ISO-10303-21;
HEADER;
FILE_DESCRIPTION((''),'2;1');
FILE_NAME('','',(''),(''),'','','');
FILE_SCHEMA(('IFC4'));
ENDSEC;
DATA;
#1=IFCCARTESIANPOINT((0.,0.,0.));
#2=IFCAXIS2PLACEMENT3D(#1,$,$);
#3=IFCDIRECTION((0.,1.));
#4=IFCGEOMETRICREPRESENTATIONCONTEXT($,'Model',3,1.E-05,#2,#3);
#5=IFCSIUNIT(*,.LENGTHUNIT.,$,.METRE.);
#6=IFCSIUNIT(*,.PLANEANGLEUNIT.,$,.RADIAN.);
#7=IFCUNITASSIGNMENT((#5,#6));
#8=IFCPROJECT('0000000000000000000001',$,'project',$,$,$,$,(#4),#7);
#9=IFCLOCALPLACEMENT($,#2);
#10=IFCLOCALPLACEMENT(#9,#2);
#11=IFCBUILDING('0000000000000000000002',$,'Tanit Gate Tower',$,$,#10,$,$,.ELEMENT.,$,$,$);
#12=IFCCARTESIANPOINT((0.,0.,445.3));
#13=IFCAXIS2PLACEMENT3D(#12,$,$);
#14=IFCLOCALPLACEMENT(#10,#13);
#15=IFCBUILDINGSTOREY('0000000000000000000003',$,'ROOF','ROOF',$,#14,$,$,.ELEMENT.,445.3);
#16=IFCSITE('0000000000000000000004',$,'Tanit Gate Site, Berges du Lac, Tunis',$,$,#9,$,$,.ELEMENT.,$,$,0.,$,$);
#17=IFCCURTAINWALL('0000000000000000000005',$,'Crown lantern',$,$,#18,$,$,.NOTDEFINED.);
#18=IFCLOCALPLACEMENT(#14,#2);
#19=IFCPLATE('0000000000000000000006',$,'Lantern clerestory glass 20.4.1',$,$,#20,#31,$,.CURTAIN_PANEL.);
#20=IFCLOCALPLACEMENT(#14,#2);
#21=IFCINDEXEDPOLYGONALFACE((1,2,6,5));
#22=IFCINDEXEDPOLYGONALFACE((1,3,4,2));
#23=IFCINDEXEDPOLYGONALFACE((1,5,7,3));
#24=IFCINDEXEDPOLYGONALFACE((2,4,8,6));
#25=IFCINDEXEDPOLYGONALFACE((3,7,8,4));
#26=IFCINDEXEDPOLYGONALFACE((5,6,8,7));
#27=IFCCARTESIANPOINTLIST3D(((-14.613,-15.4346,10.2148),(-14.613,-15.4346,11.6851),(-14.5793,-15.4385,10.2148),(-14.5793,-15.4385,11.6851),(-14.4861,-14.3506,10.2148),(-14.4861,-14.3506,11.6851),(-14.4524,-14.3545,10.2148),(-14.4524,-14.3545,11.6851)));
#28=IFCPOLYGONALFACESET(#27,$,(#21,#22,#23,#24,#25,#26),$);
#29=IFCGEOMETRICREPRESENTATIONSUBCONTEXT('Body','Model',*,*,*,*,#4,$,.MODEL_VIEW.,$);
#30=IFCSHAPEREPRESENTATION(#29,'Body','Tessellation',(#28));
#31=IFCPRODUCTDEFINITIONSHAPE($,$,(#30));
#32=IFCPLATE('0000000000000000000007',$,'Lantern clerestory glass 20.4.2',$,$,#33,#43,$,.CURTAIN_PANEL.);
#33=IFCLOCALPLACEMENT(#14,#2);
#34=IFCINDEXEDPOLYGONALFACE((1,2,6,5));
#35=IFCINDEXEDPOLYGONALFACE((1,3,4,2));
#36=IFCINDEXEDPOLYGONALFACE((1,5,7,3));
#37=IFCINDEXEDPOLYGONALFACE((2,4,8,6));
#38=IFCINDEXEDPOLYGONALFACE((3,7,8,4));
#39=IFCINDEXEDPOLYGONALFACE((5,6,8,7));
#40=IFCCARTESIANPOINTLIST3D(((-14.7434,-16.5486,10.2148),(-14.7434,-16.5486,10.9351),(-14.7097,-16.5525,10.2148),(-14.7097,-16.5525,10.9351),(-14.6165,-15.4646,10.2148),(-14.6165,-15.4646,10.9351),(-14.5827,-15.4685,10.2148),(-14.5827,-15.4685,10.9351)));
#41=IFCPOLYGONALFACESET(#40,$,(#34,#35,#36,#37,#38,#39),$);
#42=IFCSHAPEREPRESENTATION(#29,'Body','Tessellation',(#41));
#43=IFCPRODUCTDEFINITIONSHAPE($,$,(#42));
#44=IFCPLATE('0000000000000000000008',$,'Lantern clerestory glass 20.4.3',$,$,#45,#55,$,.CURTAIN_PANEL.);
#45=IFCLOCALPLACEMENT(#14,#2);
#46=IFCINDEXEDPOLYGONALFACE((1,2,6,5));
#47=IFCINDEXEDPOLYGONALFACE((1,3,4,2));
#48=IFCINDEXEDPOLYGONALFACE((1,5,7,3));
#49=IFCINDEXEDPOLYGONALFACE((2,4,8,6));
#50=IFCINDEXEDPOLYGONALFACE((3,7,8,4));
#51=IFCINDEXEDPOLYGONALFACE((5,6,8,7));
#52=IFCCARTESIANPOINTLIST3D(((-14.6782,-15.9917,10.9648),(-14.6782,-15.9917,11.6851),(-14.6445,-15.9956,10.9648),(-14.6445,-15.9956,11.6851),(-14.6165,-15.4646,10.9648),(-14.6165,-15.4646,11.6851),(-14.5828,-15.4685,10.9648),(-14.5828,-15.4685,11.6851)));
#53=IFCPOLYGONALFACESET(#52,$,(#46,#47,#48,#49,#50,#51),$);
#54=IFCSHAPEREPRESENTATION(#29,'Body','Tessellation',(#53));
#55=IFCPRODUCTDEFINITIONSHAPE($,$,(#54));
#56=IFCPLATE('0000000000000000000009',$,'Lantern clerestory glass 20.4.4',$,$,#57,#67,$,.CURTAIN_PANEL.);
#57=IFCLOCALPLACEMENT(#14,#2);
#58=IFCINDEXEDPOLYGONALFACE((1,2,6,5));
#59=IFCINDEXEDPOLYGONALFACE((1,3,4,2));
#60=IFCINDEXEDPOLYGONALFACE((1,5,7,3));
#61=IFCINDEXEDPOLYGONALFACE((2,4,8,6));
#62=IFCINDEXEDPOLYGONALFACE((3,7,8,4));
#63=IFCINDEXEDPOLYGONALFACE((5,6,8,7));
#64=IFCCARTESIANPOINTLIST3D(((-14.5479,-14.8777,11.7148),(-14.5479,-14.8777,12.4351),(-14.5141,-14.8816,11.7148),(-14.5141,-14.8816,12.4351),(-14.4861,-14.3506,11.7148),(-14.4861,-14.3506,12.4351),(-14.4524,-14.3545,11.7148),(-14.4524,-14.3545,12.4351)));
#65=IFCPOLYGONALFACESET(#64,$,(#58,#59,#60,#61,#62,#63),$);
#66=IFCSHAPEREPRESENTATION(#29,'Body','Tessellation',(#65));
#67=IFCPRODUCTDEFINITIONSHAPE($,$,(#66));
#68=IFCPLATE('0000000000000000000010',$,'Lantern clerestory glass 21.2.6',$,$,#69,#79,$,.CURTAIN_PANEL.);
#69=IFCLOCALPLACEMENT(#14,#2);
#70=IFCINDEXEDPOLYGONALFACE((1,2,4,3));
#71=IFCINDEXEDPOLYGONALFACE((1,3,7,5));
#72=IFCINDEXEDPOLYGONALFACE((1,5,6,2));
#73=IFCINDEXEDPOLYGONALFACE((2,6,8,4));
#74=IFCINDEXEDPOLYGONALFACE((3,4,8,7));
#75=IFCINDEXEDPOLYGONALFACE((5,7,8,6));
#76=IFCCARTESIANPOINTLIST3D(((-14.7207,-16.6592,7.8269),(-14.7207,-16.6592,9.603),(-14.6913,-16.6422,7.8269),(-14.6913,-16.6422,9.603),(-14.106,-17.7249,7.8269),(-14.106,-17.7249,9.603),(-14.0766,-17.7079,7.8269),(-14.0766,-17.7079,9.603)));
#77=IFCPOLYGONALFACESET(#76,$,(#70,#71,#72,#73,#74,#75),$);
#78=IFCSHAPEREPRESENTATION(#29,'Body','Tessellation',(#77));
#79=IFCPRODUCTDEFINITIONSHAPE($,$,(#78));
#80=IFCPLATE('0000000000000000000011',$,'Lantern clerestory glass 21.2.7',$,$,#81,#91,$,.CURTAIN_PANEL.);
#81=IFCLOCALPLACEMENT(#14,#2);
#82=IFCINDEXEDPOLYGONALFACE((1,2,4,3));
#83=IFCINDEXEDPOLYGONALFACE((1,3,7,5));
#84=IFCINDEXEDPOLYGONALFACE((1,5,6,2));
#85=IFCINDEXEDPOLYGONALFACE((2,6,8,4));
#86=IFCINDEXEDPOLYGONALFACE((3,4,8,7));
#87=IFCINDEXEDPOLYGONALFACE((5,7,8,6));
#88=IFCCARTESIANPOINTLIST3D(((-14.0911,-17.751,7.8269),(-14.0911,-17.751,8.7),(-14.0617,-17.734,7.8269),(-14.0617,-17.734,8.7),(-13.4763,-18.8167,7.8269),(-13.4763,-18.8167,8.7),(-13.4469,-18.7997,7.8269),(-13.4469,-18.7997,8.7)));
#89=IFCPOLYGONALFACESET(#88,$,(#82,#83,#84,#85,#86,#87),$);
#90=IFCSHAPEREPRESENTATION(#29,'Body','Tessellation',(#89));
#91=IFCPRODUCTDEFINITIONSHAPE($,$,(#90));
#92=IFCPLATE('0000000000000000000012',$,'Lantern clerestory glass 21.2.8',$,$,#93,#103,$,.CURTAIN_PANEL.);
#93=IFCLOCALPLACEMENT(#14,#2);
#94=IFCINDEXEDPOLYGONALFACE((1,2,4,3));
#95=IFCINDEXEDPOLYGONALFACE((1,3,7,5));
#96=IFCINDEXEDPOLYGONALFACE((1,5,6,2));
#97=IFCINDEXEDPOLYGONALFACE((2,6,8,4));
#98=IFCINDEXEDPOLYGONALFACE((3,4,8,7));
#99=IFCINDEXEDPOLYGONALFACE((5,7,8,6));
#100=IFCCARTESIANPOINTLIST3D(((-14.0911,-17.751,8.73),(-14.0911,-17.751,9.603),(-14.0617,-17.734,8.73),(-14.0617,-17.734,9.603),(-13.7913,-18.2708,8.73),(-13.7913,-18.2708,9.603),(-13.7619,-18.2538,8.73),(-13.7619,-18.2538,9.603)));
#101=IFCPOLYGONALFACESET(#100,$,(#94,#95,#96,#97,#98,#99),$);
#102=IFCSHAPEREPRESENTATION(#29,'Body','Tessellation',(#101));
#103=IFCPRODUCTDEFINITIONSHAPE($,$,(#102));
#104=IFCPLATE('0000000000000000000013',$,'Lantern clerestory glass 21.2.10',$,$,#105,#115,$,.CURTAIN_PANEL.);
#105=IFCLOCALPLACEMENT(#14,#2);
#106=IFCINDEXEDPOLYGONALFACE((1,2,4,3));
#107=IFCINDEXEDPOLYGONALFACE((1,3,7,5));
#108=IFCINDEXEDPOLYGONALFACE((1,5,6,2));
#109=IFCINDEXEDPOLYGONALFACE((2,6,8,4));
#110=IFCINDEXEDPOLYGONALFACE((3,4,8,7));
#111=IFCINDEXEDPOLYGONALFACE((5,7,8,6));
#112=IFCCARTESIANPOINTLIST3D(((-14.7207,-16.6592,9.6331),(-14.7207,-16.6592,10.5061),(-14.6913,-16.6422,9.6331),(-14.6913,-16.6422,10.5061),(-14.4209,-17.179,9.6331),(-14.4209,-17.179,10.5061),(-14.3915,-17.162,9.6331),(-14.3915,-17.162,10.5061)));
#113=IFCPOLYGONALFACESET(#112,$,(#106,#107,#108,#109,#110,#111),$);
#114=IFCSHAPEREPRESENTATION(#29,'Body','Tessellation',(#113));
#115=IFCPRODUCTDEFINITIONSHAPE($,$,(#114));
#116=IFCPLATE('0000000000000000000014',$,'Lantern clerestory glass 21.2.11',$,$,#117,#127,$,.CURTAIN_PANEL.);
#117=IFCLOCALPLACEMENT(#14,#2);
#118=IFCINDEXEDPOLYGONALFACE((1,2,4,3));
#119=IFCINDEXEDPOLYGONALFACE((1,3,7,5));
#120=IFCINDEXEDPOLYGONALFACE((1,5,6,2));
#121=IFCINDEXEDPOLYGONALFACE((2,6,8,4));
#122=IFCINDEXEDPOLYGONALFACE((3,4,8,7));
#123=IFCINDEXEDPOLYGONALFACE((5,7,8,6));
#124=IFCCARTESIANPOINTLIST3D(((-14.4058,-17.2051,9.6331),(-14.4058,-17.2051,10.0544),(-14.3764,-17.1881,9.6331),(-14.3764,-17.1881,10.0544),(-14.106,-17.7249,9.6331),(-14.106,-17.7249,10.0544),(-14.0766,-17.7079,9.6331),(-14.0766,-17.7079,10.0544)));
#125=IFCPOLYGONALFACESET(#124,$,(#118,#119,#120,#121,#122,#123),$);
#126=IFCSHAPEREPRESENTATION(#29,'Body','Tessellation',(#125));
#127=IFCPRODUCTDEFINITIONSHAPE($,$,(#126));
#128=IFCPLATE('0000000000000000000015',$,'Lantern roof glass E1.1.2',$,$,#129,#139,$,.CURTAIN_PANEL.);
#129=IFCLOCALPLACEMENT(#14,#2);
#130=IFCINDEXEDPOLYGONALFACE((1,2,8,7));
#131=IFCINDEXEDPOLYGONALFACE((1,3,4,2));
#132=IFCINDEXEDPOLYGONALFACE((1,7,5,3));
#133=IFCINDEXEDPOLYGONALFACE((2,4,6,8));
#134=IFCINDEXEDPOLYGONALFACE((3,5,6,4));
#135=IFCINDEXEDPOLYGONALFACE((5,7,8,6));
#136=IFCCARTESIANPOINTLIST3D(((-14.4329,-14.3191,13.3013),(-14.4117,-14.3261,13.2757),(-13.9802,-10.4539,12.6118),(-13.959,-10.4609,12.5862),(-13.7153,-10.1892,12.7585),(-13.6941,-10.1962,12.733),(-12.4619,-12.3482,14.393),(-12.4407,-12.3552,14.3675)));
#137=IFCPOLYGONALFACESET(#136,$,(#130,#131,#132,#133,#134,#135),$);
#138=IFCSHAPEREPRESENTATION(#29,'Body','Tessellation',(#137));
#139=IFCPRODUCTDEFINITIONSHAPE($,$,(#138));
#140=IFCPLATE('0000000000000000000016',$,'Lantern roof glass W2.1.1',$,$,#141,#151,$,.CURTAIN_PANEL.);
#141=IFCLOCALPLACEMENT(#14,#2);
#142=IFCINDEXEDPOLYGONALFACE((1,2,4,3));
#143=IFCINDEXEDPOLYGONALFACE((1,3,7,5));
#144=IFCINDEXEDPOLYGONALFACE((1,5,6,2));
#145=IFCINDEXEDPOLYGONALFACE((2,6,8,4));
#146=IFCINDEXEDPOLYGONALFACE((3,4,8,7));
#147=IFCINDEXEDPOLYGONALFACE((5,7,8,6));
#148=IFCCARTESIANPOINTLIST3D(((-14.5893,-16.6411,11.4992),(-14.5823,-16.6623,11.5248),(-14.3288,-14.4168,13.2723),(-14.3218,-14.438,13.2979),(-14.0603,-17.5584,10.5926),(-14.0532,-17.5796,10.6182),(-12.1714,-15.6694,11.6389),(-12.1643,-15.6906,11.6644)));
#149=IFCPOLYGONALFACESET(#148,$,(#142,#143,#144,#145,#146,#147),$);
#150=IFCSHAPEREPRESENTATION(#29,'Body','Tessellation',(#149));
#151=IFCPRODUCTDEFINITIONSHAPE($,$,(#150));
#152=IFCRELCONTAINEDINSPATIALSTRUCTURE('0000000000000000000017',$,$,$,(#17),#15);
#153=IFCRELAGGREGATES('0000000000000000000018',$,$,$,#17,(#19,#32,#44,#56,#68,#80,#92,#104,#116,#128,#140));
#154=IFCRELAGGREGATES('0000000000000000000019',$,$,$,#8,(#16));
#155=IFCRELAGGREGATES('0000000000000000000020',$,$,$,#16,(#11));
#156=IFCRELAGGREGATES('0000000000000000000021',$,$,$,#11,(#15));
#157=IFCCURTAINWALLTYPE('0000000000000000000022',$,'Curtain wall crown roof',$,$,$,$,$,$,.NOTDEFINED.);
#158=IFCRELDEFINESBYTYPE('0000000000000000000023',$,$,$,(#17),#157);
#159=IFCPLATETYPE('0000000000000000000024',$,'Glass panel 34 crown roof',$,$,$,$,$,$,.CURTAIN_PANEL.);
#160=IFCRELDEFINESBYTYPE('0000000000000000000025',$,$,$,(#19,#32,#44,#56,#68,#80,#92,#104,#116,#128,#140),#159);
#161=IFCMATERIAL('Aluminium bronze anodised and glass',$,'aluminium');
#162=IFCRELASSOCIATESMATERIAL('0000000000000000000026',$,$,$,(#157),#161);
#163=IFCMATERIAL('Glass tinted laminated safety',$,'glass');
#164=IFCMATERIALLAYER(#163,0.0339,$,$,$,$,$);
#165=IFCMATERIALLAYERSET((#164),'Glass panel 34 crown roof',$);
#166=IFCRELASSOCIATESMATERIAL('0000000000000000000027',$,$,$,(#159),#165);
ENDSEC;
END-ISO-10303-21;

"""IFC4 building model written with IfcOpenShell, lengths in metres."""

from ifc_helpers import new_model, si_unit, direction, frame, origin, place, context, subcontext, project, spatial, polyline, outline, extrude, material, layer, layer_set, type_object, element, aggregate, save


model = new_model("IFC4")

# Units and contexts
model_context = context("Model", 3, precision=1e-05, world=origin(), true_north=direction((0.0, 1.0)))
body_context = subcontext(model_context, "Body", "Model", "MODEL_VIEW")
ifc_project = project(units=[si_unit("LENGTHUNIT", "METRE"), si_unit("PLANEANGLEUNIT", "RADIAN")], contexts=[model_context])

# Site, building, storey
site_placement = place(None, origin())
site = spatial("IfcSite", under=ifc_project, at=site_placement, Name="Tanit Gate Site, Berges du Lac, Tunis", CompositionType="ELEMENT", RefElevation=0.0)
building_placement = place(site_placement, origin())
building = spatial("IfcBuilding", under=site, at=building_placement, Name="Tanit Gate Tower", CompositionType="ELEMENT")
storey_placement = place(building_placement, frame((0.0, 0.0, 445.3)))
storey = spatial("IfcBuildingStorey", under=building, at=storey_placement, Name="ROOF", Description="ROOF", CompositionType="ELEMENT", Elevation=445.3)

# Curtain wall, plates
ifc_material_1 = material(Name="Aluminium bronze anodised and glass", Category="aluminium")
curtain_wall_type = type_object("IfcCurtainWallType", Name="Curtain wall crown roof", PredefinedType="NOTDEFINED", material=ifc_material_1)
curtain_wall_placement = place(storey_placement, origin())
curtain_wall = element("IfcCurtainWall", 1, at=curtain_wall_placement, inside=storey, type_object=curtain_wall_type, Name="Crown lantern", PredefinedType="NOTDEFINED")
ifc_material_2 = material(Name="Glass tinted laminated safety", Category="glass")
ifc_layer = layer(ifc_material_2, 0.0339)
ifc_layer_set = layer_set([ifc_layer], Name="Glass panel 34 crown roof")
plate_type = type_object("IfcPlateType", Name="Glass panel 34 crown roof", PredefinedType="CURTAIN_PANEL", material=ifc_layer_set)
plate_1_placement = place(storey_placement, frame((-14.4861, -14.3506, 10.2148), z_axis=(-0.993212, 0.116322, 0.0), x_axis=(-0.116322, -0.993212, 0.0)))
plate_1 = element("IfcPlate", 2, at=plate_1_placement, type_object=plate_type, Name="Lantern clerestory glass 20.4.1", PredefinedType="CURTAIN_PANEL", context=body_context, shape_type="SweptSolid", body=[
    extrude(outline(polyline([(0.0, 0.0), (1.0914, 0.0), (1.0914, 1.4702), (0.0, 1.4702), (0.0, 0.0)])), origin(), (0.0, 0.0, -1.0), 0.0339),
])
plate_2_placement = place(storey_placement, frame((-14.6165, -15.4646, 10.2148), z_axis=(-0.993212, 0.116322, 0.0), x_axis=(-0.116322, -0.993212, 0.0)))
plate_2 = element("IfcPlate", 3, at=plate_2_placement, type_object=plate_type, Name="Lantern clerestory glass 20.4.2", PredefinedType="CURTAIN_PANEL", context=body_context, shape_type="SweptSolid", body=[
    extrude(outline(polyline([(0.0, 0.0), (1.0914, 0.0), (1.0914, 0.7202), (0.0, 0.7202), (0.0, 0.0)])), origin(), (0.0, 0.0, -1.0), 0.0339),
])
plate_3_placement = place(storey_placement, frame((-14.6165, -15.4646, 10.9648), z_axis=(-0.993204, 0.116387, 0.0), x_axis=(-0.116387, -0.993204, 0.0)))
plate_3 = element("IfcPlate", 4, at=plate_3_placement, type_object=plate_type, Name="Lantern clerestory glass 20.4.3", PredefinedType="CURTAIN_PANEL", context=body_context, shape_type="SweptSolid", body=[
    extrude(outline(polyline([(0.0, 0.0), (0.5307, 0.0), (0.5307, 0.7202), (0.0, 0.7202), (0.0, 0.0)])), origin(), (0.0, 0.0, -1.0), 0.0339),
])
plate_4_placement = place(storey_placement, frame((-14.4861, -14.3506, 11.7148), z_axis=(-0.993204, 0.116387, 0.0), x_axis=(-0.116387, -0.993204, 0.0)))
plate_4 = element("IfcPlate", 5, at=plate_4_placement, type_object=plate_type, Name="Lantern clerestory glass 20.4.4", PredefinedType="CURTAIN_PANEL", context=body_context, shape_type="SweptSolid", body=[
    extrude(outline(polyline([(0.0, 0.0), (0.5307, 0.0), (0.5307, 0.7202), (0.0, 0.7202), (0.0, 0.0)])), origin(), (0.0, 0.0, -1.0), 0.0339),
])
plate_5_placement = place(storey_placement, frame((-14.7207, -16.6592, 7.8269), z_axis=(-0.866209, -0.499682, 0.0), x_axis=(0.499682, -0.866209, 0.0)))
plate_5 = element("IfcPlate", 6, at=plate_5_placement, type_object=plate_type, Name="Lantern clerestory glass 21.2.6", PredefinedType="CURTAIN_PANEL", context=body_context, shape_type="SweptSolid", body=[
    extrude(outline(polyline([(0.0, 0.0), (1.2303, 0.0), (1.2303, 1.7761), (0.0, 1.7761), (0.0, 0.0)])), origin(), (0.0, 0.0, -1.0), 0.0339),
])
plate_6_placement = place(storey_placement, frame((-14.0911, -17.751, 7.8269), z_axis=(-0.866209, -0.499682, 0.0), x_axis=(0.499682, -0.866209, 0.0)))
plate_6 = element("IfcPlate", 7, at=plate_6_placement, type_object=plate_type, Name="Lantern clerestory glass 21.2.7", PredefinedType="CURTAIN_PANEL", context=body_context, shape_type="SweptSolid", body=[
    extrude(outline(polyline([(0.0, 0.0), (1.2303, 0.0), (1.2303, 0.873), (0.0, 0.873), (0.0, 0.0)])), origin(), (0.0, 0.0, -1.0), 0.0339),
])
plate_7_placement = place(storey_placement, frame((-14.0911, -17.751, 8.73), z_axis=(-0.866233, -0.49964, 0.0), x_axis=(0.49964, -0.866233, 0.0)))
plate_7 = element("IfcPlate", 8, at=plate_7_placement, type_object=plate_type, Name="Lantern clerestory glass 21.2.8", PredefinedType="CURTAIN_PANEL", context=body_context, shape_type="SweptSolid", body=[
    extrude(outline(polyline([(0.0, 0.0), (0.6, 0.0), (0.6, 0.873), (0.0, 0.873), (0.0, 0.0)])), origin(), (0.0, 0.0, -1.0), 0.0339),
])
plate_8_placement = place(storey_placement, frame((-14.7207, -16.6592, 9.6331), z_axis=(-0.866233, -0.49964, 0.0), x_axis=(0.49964, -0.866233, 0.0)))
plate_8 = element("IfcPlate", 9, at=plate_8_placement, type_object=plate_type, Name="Lantern clerestory glass 21.2.10", PredefinedType="CURTAIN_PANEL", context=body_context, shape_type="SweptSolid", body=[
    extrude(outline(polyline([(0.0, 0.0), (0.6, 0.0), (0.6, 0.873), (0.0, 0.873), (0.0, 0.0)])), origin(), (0.0, 0.0, -1.0), 0.0339),
])
plate_9_placement = place(storey_placement, frame((-14.4058, -17.2051, 9.6331), z_axis=(-0.866233, -0.49964, 0.0), x_axis=(0.49964, -0.866233, 0.0)))
plate_9 = element("IfcPlate", 10, at=plate_9_placement, type_object=plate_type, Name="Lantern clerestory glass 21.2.11", PredefinedType="CURTAIN_PANEL", context=body_context, shape_type="SweptSolid", body=[
    extrude(outline(polyline([(0.0, 0.0), (0.6, 0.0), (0.6, 0.4214), (0.0, 0.4214), (0.0, 0.0)])), origin(), (0.0, 0.0, -1.0), 0.0339),
])
plate_10_placement = place(storey_placement, frame((-14.4329, -14.3191, 13.3013), z_axis=(-0.624522, 0.207453, 0.752951), x_axis=(0.65841, 0.658397, 0.364705)))
plate_10 = element("IfcPlate", 11, at=plate_10_placement, type_object=plate_type, Name="Lantern roof glass E1.1.2", PredefinedType="CURTAIN_PANEL", context=body_context, shape_type="SweptSolid", body=[
    extrude(outline(polyline([(0.0, 0.0), (2.9935, 0.0), (2.9936, 2.9839), (2.5914, 2.9841), (0.0, 0.0)])), origin(), (0.0, 0.0, -1.0), 0.0339),
])
plate_11_placement = place(storey_placement, frame((-14.0532, -17.5796, 10.6182), z_axis=(0.207478, -0.62451, 0.752954), x_axis=(0.658387, 0.658428, 0.36469)))
plate_11 = element("IfcPlate", 12, at=plate_11_placement, type_object=plate_type, Name="Lantern roof glass W2.1.1", PredefinedType="CURTAIN_PANEL", context=body_context, shape_type="SweptSolid", body=[
    extrude(outline(polyline([(0.0, 0.0), (2.869, 0.0), (2.869, 2.9819), (0.5863, 1.2648), (0.0, 0.0)])), origin(), (0.0, 0.0, -1.0), 0.0339),
])
aggregate(curtain_wall, [plate_1, plate_2, plate_3, plate_4, plate_5, plate_6, plate_7, plate_8, plate_9, plate_10, plate_11])

save(model, "model.ifc")
